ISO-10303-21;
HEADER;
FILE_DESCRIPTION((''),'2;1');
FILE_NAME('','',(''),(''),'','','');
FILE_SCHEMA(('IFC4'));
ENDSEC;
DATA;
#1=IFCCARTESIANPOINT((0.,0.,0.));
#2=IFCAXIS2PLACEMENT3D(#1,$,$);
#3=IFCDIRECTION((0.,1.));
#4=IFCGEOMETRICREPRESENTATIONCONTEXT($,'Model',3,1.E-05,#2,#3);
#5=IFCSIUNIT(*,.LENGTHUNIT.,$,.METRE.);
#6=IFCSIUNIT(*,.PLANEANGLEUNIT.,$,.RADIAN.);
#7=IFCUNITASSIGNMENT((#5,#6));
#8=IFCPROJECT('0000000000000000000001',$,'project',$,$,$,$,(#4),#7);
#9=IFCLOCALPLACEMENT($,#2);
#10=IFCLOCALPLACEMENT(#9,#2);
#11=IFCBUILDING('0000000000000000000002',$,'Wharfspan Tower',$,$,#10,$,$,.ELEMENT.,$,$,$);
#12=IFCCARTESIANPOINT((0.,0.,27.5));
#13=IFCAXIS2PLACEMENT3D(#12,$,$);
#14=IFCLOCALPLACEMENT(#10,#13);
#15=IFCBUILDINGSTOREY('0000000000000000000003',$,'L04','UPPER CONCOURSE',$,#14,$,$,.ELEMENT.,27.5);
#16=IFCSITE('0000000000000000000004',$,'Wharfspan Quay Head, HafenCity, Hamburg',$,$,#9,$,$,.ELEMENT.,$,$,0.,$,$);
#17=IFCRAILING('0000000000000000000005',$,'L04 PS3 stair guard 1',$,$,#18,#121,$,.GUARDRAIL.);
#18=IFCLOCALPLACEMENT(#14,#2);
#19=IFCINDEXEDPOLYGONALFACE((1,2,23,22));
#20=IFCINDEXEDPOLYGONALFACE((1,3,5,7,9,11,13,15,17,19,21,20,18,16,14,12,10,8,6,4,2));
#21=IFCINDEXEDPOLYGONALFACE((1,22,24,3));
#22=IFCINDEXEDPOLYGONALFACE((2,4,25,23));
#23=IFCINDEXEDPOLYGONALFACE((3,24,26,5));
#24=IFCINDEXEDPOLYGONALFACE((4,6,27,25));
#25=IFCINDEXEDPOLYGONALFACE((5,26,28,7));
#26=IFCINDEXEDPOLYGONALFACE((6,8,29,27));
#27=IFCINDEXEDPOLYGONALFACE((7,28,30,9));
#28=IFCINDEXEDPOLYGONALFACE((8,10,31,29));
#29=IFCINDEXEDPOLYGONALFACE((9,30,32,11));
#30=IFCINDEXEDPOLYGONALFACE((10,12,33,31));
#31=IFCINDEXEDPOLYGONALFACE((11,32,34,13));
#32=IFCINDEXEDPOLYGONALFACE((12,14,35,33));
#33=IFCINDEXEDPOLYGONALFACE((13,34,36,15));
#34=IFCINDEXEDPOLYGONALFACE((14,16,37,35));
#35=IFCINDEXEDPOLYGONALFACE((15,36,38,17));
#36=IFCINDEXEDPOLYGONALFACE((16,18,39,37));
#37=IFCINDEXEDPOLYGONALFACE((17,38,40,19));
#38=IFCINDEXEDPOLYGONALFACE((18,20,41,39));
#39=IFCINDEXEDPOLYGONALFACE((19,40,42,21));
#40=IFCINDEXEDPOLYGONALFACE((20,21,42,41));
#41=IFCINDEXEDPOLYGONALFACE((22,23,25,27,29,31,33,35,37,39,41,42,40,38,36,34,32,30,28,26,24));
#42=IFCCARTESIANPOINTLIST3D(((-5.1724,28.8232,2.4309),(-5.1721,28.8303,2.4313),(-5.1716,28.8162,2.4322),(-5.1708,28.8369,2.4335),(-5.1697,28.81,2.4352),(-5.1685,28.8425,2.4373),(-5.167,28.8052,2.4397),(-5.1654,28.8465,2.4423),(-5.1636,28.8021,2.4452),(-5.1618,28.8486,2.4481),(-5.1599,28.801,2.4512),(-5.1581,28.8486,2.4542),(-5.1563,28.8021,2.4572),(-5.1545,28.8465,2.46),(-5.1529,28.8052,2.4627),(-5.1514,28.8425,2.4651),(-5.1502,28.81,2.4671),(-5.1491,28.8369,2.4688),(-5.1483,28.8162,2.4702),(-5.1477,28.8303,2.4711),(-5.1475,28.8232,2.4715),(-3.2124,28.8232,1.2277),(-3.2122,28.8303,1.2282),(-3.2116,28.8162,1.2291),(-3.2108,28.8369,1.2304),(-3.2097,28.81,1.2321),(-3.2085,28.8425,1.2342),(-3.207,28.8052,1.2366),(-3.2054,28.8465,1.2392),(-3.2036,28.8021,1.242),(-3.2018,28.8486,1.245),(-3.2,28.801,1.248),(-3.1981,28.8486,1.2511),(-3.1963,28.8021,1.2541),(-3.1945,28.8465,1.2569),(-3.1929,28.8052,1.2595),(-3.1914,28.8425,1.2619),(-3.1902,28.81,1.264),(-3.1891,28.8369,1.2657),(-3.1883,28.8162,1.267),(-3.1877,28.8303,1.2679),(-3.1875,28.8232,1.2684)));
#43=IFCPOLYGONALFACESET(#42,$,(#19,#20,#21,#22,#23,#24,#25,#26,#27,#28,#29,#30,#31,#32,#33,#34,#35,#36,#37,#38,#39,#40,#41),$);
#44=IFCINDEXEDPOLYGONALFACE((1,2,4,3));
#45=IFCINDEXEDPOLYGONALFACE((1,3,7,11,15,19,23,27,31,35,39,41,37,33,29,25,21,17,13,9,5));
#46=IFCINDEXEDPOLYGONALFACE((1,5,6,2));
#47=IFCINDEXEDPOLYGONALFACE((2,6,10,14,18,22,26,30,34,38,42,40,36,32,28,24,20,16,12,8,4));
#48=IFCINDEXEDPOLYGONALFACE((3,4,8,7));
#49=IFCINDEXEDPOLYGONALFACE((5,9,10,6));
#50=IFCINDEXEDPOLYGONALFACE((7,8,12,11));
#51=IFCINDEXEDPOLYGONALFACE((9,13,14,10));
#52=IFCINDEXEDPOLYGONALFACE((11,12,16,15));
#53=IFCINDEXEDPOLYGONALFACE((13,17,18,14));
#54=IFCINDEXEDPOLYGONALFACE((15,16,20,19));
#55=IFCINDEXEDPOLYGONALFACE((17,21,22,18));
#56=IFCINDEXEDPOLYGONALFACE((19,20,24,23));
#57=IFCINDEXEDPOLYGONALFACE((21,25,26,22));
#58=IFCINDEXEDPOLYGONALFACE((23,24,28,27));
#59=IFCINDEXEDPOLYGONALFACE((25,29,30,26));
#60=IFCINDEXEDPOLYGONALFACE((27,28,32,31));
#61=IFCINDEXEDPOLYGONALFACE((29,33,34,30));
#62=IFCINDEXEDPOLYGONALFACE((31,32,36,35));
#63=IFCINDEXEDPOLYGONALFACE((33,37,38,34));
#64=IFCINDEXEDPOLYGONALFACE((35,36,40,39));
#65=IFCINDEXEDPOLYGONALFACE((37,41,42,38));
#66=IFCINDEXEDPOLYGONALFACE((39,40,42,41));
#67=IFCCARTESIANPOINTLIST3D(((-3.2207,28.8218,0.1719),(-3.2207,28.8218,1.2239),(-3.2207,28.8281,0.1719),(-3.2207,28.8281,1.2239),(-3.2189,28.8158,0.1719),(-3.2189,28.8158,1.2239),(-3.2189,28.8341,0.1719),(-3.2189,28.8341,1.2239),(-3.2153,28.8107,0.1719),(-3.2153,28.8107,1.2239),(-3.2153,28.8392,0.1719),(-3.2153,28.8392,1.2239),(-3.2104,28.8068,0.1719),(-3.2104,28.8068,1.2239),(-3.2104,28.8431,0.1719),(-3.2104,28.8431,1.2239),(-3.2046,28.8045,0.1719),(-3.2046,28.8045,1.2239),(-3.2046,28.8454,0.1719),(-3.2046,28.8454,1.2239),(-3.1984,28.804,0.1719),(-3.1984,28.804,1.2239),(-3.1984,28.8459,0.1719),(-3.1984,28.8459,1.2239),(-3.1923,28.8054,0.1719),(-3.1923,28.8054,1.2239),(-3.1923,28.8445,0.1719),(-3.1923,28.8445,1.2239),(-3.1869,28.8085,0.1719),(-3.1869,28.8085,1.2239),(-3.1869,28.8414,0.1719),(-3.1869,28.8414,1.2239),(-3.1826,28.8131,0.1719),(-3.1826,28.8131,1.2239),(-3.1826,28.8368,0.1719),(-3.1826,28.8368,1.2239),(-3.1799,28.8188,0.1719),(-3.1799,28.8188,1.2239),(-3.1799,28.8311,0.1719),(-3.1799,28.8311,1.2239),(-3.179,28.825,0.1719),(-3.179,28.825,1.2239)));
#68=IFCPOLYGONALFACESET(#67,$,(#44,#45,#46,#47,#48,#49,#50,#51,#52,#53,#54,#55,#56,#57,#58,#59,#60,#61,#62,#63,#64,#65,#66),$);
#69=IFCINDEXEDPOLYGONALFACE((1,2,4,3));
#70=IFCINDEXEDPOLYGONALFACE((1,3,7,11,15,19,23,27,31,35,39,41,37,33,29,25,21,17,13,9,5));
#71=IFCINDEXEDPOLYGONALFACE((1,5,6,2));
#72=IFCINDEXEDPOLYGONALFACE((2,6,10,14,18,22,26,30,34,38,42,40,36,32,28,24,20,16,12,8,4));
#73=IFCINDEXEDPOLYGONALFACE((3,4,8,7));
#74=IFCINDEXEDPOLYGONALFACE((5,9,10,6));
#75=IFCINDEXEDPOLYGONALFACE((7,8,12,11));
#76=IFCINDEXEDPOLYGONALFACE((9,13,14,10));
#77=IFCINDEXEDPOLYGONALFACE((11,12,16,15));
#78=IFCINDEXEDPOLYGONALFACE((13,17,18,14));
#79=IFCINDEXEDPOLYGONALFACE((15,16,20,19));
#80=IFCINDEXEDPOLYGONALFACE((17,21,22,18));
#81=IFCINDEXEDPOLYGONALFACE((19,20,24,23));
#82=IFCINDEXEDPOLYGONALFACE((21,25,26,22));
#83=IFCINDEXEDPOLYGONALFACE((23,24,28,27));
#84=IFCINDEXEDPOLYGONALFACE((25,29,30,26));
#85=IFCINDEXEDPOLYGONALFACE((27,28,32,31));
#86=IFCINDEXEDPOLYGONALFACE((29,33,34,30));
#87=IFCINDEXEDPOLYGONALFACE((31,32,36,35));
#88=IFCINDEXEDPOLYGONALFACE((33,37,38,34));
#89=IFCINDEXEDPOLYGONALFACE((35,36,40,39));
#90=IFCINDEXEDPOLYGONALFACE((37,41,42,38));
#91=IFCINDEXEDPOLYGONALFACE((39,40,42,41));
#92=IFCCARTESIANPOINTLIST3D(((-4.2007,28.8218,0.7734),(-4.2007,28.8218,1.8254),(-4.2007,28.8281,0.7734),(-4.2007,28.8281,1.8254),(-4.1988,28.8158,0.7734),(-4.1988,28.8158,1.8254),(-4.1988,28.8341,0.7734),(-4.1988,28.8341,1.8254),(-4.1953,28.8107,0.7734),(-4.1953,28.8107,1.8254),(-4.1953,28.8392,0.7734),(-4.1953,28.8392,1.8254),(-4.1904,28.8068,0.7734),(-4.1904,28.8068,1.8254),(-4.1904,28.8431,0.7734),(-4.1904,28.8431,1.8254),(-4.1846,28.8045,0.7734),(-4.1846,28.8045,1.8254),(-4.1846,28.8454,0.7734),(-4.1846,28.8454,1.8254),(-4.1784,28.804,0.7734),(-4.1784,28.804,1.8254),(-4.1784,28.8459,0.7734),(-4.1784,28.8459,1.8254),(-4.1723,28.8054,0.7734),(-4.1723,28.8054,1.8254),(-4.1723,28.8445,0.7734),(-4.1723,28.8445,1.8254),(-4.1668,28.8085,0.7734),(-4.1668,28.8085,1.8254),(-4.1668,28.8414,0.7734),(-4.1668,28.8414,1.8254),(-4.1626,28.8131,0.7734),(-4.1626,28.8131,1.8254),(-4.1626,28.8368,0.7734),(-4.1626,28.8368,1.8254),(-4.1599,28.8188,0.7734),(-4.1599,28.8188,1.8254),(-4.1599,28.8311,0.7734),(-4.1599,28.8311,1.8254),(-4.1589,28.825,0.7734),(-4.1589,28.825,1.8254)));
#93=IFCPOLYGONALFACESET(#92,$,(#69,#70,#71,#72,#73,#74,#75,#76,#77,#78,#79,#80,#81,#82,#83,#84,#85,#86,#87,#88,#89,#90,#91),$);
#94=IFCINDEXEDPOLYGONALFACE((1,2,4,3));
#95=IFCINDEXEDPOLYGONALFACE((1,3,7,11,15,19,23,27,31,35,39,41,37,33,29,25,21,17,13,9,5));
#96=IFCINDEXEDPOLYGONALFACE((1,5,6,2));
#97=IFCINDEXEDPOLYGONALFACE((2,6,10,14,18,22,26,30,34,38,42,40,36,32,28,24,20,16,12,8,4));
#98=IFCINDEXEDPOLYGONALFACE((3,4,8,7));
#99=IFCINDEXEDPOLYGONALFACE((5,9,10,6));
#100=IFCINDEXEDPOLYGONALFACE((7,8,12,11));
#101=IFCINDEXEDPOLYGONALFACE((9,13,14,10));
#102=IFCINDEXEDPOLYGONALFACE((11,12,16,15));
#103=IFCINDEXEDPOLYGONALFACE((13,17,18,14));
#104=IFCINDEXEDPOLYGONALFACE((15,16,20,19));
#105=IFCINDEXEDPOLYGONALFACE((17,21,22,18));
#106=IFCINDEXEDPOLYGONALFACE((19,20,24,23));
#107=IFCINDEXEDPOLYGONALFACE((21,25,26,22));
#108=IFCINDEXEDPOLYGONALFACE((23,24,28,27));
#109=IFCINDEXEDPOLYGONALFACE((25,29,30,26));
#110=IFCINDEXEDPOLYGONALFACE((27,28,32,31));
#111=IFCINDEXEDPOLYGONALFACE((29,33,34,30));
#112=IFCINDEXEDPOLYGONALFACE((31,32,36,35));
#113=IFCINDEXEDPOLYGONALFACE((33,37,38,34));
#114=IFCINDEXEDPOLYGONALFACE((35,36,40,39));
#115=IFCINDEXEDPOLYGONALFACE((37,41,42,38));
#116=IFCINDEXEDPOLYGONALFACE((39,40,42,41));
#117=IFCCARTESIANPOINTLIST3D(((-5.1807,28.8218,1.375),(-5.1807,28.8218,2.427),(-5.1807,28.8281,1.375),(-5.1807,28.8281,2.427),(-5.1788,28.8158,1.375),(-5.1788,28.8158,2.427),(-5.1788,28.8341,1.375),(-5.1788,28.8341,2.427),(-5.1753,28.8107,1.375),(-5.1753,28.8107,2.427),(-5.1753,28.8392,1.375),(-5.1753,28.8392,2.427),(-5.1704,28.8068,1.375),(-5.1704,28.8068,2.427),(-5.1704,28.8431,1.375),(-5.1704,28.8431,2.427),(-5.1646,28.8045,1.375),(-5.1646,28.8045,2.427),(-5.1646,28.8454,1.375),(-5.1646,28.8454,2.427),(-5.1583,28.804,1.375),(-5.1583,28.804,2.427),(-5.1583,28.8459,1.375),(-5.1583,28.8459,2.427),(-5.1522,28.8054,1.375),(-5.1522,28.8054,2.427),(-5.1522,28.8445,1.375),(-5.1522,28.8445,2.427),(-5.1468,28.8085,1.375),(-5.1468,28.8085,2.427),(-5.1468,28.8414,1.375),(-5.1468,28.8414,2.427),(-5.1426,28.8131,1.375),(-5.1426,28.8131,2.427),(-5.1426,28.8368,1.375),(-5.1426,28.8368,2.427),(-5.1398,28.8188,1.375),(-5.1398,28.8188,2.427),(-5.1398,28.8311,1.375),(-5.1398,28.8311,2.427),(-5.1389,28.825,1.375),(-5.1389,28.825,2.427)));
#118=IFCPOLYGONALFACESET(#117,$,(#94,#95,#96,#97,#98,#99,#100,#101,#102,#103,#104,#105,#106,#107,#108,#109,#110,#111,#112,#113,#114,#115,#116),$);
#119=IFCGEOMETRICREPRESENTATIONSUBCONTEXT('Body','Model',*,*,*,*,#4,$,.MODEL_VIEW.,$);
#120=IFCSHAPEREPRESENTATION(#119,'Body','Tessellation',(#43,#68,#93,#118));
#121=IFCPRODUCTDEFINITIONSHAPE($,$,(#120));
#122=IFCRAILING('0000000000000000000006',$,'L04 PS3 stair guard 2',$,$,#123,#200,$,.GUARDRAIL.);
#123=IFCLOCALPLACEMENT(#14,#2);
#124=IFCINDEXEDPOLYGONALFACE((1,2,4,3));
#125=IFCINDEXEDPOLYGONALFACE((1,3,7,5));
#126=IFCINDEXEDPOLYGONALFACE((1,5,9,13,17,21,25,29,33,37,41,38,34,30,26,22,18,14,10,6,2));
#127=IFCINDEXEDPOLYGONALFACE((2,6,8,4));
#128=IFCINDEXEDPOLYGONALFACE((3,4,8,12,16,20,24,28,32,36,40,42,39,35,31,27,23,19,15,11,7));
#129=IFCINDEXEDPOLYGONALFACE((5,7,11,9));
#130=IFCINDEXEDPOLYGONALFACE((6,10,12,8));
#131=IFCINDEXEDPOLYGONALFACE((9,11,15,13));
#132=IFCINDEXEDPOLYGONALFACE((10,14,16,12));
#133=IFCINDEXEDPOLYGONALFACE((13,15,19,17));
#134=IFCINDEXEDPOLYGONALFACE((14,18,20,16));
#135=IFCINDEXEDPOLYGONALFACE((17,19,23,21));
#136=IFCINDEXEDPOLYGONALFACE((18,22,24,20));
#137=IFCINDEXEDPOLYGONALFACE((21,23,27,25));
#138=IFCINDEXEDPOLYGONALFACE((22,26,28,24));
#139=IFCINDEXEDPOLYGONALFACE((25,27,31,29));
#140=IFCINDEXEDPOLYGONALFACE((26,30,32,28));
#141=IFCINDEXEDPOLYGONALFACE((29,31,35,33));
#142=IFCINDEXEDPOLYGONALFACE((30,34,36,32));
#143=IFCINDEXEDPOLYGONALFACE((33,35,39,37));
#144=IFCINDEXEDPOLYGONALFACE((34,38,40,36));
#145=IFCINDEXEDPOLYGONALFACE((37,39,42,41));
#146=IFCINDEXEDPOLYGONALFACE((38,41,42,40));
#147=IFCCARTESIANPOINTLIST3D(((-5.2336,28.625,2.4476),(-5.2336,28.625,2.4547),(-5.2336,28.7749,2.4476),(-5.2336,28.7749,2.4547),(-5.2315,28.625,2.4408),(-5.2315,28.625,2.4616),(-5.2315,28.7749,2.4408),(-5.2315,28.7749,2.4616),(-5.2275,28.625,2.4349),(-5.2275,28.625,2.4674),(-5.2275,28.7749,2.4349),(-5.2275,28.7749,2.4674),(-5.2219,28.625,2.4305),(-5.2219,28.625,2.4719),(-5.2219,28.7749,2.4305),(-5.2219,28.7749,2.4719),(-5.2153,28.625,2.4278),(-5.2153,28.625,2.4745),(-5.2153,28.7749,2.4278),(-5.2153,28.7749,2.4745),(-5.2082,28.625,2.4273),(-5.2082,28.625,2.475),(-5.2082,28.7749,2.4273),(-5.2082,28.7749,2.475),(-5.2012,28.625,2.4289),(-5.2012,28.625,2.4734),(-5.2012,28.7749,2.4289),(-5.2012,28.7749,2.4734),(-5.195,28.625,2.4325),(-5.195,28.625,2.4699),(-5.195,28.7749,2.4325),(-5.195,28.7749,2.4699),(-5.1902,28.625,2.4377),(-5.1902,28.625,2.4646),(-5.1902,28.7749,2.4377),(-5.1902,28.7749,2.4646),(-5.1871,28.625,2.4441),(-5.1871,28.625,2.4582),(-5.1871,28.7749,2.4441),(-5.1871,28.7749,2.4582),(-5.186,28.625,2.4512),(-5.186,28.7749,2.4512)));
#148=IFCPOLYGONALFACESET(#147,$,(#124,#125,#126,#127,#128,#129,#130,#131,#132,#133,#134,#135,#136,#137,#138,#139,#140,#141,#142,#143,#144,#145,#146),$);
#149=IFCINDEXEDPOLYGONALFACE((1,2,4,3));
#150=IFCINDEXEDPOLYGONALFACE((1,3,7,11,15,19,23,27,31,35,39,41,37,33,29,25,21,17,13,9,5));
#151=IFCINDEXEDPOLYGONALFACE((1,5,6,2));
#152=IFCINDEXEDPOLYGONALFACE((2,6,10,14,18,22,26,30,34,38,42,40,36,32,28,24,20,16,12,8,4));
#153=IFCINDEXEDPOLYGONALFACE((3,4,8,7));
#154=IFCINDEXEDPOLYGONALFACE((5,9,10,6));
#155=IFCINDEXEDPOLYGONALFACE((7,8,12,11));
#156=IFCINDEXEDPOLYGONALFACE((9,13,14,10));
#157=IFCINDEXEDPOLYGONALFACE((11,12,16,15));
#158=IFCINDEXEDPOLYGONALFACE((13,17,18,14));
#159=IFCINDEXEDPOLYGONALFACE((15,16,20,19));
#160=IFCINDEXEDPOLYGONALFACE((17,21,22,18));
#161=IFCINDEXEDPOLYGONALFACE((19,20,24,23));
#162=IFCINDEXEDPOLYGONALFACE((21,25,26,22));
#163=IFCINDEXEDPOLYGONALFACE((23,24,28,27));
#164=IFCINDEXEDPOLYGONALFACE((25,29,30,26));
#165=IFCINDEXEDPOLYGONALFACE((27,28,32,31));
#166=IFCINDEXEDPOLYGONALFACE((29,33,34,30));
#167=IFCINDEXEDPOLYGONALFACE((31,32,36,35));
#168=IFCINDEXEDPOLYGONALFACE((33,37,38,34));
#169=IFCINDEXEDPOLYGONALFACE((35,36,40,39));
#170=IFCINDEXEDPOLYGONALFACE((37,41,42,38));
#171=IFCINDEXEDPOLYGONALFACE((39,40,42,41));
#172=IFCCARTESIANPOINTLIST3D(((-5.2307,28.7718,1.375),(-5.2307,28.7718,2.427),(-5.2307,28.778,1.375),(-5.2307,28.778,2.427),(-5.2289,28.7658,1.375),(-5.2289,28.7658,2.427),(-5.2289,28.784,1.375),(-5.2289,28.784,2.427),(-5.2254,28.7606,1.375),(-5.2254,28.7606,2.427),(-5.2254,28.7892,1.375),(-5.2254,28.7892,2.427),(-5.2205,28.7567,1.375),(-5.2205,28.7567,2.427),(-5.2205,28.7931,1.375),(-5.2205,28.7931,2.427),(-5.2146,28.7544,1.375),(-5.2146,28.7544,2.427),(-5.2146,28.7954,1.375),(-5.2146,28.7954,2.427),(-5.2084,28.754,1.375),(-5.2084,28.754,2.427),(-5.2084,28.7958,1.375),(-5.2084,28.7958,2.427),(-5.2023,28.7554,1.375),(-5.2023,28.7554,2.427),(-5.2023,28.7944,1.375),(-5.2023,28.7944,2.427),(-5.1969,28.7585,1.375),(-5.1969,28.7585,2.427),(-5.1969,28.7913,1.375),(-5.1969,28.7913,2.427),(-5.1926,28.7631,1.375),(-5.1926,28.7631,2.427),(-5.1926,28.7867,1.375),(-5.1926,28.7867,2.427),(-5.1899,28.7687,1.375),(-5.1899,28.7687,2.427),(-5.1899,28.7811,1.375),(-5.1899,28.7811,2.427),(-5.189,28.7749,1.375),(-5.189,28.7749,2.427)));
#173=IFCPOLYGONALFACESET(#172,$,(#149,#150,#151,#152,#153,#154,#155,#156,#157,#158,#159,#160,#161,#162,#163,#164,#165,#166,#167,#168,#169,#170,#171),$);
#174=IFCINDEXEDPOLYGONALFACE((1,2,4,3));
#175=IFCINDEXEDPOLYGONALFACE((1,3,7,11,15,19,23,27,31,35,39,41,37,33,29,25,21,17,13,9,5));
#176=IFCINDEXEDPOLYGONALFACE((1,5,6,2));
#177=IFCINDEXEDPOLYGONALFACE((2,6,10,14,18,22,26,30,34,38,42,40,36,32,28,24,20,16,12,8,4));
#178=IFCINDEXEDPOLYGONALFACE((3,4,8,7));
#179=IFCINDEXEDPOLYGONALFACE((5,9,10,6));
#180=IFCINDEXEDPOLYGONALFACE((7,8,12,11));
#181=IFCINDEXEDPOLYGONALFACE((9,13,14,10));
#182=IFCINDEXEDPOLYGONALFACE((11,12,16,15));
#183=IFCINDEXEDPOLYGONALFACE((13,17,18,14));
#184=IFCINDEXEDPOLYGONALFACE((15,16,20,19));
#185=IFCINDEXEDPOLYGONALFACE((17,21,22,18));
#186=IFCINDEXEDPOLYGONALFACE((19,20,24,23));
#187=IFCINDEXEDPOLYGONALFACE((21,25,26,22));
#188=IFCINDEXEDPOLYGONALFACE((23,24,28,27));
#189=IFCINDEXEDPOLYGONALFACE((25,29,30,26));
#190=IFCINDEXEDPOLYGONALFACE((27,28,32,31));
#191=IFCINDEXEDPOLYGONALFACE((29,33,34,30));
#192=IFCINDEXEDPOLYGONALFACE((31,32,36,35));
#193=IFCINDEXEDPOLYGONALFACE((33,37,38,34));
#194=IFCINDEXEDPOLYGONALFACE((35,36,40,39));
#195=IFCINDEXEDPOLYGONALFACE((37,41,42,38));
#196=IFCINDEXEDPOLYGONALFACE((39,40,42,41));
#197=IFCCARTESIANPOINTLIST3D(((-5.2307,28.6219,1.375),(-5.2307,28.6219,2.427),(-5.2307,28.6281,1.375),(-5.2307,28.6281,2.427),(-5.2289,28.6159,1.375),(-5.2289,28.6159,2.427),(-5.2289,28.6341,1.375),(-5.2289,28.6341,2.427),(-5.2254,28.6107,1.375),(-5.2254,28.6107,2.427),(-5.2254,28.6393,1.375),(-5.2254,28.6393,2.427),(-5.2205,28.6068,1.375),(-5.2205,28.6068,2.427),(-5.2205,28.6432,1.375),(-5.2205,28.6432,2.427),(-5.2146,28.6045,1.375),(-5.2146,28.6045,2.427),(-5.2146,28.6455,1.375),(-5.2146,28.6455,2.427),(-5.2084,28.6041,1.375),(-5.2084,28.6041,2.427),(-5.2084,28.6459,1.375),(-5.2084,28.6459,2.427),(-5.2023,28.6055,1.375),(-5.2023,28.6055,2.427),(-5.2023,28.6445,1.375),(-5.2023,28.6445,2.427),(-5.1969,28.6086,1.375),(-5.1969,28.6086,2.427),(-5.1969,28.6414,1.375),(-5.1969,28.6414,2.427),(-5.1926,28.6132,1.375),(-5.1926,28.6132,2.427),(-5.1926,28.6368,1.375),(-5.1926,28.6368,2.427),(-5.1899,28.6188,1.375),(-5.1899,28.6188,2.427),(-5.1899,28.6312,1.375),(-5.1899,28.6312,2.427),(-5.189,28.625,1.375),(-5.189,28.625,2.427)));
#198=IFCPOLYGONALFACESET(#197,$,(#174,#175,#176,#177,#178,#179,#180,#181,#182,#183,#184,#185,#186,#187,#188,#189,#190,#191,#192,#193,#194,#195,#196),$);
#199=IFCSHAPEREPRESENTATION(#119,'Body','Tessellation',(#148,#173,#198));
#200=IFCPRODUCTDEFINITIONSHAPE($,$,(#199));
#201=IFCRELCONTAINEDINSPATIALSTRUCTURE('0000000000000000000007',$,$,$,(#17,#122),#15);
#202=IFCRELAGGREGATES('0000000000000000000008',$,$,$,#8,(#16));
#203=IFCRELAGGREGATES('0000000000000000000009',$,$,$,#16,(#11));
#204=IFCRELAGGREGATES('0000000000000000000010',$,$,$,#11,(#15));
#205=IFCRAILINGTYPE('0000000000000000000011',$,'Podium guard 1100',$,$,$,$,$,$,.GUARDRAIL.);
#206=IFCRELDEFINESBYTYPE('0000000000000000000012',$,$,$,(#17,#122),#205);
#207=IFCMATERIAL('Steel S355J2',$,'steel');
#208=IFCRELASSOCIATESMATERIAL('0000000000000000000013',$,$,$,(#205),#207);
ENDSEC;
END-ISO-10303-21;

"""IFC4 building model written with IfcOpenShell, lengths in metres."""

from ifc_helpers import new_model, si_unit, direction, frame, origin, origin_2d, place, context, subcontext, project, spatial, circle, extrude, material, type_object, element, save


model = new_model("IFC4")

# Units and contexts
model_context = context("Model", 3, precision=1e-05, world=origin(), true_north=direction((0.0, 1.0)))
body_context = subcontext(model_context, "Body", "Model", "MODEL_VIEW")
ifc_project = project(units=[si_unit("LENGTHUNIT", "METRE"), si_unit("PLANEANGLEUNIT", "RADIAN")], contexts=[model_context])

# Site, building, storey
site_placement = place(None, origin())
site = spatial("IfcSite", under=ifc_project, at=site_placement, Name="Wharfspan Quay Head, HafenCity, Hamburg", CompositionType="ELEMENT", RefElevation=0.0)
building_placement = place(site_placement, origin())
building = spatial("IfcBuilding", under=site, at=building_placement, Name="Wharfspan Tower", CompositionType="ELEMENT")
storey_placement = place(building_placement, frame((0.0, 0.0, 27.5)))
storey = spatial("IfcBuildingStorey", under=building, at=storey_placement, Name="L04", Description="UPPER CONCOURSE", CompositionType="ELEMENT", Elevation=27.5)

# Railings
ifc_material_1 = material(Name="Steel S355J2", Category="steel")
railing_type_1 = type_object("IfcRailingType", Name="Podium guard 1100", PredefinedType="GUARDRAIL", material=ifc_material_1)
railing_1_placement = place(storey_placement, frame((-3.2, 28.825, 0.1719)))
element("IfcRailing", 1, at=railing_1_placement, inside=storey, type_object=railing_type_1, Name="L04 PS3 stair guard 1", PredefinedType="GUARDRAIL", context=body_context, shape_type="SweptSolid", body=[
    extrude(circle(Radius=0.0239, at=origin_2d()), frame((0.0, 0.0, 1.0762), z_axis=(-0.852241, 0.0, 0.523149), x_axis=(0.0, -1.0, 0.0)), (0.0, 0.0, 1.0), 2.2998),
    extrude(circle(Radius=0.021, at=origin_2d()), origin(), (0.0, 0.0, 1.0), 1.052),
    extrude(circle(Radius=0.021, at=origin_2d()), frame((-0.98, 0.0, 0.6016)), (0.0, 0.0, 1.0), 1.052),
    extrude(circle(Radius=0.021, at=origin_2d()), frame((-1.96, 0.0, 1.2031)), (0.0, 0.0, 1.0), 1.052),
])
railing_2_placement = place(storey_placement, frame((-5.21, 28.7749, 1.375)))
element("IfcRailing", 2, at=railing_2_placement, inside=storey, type_object=railing_type_1, Name="L04 PS3 stair guard 2", PredefinedType="GUARDRAIL", context=body_context, shape_type="SweptSolid", body=[
    extrude(circle(Radius=0.0239, at=origin_2d()), frame((0.0, 0.0, 1.0762), z_axis=(0.0, -1.0, 0.0), x_axis=(1.0, 0.0, 0.0)), (0.0, 0.0, 1.0), 0.1499),
    extrude(circle(Radius=0.021, at=origin_2d()), origin(), (0.0, 0.0, 1.0), 1.052),
    extrude(circle(Radius=0.021, at=origin_2d()), frame((0.0, -0.1499, 0.0)), (0.0, 0.0, 1.0), 1.052),
])

save(model, "model.ifc")
